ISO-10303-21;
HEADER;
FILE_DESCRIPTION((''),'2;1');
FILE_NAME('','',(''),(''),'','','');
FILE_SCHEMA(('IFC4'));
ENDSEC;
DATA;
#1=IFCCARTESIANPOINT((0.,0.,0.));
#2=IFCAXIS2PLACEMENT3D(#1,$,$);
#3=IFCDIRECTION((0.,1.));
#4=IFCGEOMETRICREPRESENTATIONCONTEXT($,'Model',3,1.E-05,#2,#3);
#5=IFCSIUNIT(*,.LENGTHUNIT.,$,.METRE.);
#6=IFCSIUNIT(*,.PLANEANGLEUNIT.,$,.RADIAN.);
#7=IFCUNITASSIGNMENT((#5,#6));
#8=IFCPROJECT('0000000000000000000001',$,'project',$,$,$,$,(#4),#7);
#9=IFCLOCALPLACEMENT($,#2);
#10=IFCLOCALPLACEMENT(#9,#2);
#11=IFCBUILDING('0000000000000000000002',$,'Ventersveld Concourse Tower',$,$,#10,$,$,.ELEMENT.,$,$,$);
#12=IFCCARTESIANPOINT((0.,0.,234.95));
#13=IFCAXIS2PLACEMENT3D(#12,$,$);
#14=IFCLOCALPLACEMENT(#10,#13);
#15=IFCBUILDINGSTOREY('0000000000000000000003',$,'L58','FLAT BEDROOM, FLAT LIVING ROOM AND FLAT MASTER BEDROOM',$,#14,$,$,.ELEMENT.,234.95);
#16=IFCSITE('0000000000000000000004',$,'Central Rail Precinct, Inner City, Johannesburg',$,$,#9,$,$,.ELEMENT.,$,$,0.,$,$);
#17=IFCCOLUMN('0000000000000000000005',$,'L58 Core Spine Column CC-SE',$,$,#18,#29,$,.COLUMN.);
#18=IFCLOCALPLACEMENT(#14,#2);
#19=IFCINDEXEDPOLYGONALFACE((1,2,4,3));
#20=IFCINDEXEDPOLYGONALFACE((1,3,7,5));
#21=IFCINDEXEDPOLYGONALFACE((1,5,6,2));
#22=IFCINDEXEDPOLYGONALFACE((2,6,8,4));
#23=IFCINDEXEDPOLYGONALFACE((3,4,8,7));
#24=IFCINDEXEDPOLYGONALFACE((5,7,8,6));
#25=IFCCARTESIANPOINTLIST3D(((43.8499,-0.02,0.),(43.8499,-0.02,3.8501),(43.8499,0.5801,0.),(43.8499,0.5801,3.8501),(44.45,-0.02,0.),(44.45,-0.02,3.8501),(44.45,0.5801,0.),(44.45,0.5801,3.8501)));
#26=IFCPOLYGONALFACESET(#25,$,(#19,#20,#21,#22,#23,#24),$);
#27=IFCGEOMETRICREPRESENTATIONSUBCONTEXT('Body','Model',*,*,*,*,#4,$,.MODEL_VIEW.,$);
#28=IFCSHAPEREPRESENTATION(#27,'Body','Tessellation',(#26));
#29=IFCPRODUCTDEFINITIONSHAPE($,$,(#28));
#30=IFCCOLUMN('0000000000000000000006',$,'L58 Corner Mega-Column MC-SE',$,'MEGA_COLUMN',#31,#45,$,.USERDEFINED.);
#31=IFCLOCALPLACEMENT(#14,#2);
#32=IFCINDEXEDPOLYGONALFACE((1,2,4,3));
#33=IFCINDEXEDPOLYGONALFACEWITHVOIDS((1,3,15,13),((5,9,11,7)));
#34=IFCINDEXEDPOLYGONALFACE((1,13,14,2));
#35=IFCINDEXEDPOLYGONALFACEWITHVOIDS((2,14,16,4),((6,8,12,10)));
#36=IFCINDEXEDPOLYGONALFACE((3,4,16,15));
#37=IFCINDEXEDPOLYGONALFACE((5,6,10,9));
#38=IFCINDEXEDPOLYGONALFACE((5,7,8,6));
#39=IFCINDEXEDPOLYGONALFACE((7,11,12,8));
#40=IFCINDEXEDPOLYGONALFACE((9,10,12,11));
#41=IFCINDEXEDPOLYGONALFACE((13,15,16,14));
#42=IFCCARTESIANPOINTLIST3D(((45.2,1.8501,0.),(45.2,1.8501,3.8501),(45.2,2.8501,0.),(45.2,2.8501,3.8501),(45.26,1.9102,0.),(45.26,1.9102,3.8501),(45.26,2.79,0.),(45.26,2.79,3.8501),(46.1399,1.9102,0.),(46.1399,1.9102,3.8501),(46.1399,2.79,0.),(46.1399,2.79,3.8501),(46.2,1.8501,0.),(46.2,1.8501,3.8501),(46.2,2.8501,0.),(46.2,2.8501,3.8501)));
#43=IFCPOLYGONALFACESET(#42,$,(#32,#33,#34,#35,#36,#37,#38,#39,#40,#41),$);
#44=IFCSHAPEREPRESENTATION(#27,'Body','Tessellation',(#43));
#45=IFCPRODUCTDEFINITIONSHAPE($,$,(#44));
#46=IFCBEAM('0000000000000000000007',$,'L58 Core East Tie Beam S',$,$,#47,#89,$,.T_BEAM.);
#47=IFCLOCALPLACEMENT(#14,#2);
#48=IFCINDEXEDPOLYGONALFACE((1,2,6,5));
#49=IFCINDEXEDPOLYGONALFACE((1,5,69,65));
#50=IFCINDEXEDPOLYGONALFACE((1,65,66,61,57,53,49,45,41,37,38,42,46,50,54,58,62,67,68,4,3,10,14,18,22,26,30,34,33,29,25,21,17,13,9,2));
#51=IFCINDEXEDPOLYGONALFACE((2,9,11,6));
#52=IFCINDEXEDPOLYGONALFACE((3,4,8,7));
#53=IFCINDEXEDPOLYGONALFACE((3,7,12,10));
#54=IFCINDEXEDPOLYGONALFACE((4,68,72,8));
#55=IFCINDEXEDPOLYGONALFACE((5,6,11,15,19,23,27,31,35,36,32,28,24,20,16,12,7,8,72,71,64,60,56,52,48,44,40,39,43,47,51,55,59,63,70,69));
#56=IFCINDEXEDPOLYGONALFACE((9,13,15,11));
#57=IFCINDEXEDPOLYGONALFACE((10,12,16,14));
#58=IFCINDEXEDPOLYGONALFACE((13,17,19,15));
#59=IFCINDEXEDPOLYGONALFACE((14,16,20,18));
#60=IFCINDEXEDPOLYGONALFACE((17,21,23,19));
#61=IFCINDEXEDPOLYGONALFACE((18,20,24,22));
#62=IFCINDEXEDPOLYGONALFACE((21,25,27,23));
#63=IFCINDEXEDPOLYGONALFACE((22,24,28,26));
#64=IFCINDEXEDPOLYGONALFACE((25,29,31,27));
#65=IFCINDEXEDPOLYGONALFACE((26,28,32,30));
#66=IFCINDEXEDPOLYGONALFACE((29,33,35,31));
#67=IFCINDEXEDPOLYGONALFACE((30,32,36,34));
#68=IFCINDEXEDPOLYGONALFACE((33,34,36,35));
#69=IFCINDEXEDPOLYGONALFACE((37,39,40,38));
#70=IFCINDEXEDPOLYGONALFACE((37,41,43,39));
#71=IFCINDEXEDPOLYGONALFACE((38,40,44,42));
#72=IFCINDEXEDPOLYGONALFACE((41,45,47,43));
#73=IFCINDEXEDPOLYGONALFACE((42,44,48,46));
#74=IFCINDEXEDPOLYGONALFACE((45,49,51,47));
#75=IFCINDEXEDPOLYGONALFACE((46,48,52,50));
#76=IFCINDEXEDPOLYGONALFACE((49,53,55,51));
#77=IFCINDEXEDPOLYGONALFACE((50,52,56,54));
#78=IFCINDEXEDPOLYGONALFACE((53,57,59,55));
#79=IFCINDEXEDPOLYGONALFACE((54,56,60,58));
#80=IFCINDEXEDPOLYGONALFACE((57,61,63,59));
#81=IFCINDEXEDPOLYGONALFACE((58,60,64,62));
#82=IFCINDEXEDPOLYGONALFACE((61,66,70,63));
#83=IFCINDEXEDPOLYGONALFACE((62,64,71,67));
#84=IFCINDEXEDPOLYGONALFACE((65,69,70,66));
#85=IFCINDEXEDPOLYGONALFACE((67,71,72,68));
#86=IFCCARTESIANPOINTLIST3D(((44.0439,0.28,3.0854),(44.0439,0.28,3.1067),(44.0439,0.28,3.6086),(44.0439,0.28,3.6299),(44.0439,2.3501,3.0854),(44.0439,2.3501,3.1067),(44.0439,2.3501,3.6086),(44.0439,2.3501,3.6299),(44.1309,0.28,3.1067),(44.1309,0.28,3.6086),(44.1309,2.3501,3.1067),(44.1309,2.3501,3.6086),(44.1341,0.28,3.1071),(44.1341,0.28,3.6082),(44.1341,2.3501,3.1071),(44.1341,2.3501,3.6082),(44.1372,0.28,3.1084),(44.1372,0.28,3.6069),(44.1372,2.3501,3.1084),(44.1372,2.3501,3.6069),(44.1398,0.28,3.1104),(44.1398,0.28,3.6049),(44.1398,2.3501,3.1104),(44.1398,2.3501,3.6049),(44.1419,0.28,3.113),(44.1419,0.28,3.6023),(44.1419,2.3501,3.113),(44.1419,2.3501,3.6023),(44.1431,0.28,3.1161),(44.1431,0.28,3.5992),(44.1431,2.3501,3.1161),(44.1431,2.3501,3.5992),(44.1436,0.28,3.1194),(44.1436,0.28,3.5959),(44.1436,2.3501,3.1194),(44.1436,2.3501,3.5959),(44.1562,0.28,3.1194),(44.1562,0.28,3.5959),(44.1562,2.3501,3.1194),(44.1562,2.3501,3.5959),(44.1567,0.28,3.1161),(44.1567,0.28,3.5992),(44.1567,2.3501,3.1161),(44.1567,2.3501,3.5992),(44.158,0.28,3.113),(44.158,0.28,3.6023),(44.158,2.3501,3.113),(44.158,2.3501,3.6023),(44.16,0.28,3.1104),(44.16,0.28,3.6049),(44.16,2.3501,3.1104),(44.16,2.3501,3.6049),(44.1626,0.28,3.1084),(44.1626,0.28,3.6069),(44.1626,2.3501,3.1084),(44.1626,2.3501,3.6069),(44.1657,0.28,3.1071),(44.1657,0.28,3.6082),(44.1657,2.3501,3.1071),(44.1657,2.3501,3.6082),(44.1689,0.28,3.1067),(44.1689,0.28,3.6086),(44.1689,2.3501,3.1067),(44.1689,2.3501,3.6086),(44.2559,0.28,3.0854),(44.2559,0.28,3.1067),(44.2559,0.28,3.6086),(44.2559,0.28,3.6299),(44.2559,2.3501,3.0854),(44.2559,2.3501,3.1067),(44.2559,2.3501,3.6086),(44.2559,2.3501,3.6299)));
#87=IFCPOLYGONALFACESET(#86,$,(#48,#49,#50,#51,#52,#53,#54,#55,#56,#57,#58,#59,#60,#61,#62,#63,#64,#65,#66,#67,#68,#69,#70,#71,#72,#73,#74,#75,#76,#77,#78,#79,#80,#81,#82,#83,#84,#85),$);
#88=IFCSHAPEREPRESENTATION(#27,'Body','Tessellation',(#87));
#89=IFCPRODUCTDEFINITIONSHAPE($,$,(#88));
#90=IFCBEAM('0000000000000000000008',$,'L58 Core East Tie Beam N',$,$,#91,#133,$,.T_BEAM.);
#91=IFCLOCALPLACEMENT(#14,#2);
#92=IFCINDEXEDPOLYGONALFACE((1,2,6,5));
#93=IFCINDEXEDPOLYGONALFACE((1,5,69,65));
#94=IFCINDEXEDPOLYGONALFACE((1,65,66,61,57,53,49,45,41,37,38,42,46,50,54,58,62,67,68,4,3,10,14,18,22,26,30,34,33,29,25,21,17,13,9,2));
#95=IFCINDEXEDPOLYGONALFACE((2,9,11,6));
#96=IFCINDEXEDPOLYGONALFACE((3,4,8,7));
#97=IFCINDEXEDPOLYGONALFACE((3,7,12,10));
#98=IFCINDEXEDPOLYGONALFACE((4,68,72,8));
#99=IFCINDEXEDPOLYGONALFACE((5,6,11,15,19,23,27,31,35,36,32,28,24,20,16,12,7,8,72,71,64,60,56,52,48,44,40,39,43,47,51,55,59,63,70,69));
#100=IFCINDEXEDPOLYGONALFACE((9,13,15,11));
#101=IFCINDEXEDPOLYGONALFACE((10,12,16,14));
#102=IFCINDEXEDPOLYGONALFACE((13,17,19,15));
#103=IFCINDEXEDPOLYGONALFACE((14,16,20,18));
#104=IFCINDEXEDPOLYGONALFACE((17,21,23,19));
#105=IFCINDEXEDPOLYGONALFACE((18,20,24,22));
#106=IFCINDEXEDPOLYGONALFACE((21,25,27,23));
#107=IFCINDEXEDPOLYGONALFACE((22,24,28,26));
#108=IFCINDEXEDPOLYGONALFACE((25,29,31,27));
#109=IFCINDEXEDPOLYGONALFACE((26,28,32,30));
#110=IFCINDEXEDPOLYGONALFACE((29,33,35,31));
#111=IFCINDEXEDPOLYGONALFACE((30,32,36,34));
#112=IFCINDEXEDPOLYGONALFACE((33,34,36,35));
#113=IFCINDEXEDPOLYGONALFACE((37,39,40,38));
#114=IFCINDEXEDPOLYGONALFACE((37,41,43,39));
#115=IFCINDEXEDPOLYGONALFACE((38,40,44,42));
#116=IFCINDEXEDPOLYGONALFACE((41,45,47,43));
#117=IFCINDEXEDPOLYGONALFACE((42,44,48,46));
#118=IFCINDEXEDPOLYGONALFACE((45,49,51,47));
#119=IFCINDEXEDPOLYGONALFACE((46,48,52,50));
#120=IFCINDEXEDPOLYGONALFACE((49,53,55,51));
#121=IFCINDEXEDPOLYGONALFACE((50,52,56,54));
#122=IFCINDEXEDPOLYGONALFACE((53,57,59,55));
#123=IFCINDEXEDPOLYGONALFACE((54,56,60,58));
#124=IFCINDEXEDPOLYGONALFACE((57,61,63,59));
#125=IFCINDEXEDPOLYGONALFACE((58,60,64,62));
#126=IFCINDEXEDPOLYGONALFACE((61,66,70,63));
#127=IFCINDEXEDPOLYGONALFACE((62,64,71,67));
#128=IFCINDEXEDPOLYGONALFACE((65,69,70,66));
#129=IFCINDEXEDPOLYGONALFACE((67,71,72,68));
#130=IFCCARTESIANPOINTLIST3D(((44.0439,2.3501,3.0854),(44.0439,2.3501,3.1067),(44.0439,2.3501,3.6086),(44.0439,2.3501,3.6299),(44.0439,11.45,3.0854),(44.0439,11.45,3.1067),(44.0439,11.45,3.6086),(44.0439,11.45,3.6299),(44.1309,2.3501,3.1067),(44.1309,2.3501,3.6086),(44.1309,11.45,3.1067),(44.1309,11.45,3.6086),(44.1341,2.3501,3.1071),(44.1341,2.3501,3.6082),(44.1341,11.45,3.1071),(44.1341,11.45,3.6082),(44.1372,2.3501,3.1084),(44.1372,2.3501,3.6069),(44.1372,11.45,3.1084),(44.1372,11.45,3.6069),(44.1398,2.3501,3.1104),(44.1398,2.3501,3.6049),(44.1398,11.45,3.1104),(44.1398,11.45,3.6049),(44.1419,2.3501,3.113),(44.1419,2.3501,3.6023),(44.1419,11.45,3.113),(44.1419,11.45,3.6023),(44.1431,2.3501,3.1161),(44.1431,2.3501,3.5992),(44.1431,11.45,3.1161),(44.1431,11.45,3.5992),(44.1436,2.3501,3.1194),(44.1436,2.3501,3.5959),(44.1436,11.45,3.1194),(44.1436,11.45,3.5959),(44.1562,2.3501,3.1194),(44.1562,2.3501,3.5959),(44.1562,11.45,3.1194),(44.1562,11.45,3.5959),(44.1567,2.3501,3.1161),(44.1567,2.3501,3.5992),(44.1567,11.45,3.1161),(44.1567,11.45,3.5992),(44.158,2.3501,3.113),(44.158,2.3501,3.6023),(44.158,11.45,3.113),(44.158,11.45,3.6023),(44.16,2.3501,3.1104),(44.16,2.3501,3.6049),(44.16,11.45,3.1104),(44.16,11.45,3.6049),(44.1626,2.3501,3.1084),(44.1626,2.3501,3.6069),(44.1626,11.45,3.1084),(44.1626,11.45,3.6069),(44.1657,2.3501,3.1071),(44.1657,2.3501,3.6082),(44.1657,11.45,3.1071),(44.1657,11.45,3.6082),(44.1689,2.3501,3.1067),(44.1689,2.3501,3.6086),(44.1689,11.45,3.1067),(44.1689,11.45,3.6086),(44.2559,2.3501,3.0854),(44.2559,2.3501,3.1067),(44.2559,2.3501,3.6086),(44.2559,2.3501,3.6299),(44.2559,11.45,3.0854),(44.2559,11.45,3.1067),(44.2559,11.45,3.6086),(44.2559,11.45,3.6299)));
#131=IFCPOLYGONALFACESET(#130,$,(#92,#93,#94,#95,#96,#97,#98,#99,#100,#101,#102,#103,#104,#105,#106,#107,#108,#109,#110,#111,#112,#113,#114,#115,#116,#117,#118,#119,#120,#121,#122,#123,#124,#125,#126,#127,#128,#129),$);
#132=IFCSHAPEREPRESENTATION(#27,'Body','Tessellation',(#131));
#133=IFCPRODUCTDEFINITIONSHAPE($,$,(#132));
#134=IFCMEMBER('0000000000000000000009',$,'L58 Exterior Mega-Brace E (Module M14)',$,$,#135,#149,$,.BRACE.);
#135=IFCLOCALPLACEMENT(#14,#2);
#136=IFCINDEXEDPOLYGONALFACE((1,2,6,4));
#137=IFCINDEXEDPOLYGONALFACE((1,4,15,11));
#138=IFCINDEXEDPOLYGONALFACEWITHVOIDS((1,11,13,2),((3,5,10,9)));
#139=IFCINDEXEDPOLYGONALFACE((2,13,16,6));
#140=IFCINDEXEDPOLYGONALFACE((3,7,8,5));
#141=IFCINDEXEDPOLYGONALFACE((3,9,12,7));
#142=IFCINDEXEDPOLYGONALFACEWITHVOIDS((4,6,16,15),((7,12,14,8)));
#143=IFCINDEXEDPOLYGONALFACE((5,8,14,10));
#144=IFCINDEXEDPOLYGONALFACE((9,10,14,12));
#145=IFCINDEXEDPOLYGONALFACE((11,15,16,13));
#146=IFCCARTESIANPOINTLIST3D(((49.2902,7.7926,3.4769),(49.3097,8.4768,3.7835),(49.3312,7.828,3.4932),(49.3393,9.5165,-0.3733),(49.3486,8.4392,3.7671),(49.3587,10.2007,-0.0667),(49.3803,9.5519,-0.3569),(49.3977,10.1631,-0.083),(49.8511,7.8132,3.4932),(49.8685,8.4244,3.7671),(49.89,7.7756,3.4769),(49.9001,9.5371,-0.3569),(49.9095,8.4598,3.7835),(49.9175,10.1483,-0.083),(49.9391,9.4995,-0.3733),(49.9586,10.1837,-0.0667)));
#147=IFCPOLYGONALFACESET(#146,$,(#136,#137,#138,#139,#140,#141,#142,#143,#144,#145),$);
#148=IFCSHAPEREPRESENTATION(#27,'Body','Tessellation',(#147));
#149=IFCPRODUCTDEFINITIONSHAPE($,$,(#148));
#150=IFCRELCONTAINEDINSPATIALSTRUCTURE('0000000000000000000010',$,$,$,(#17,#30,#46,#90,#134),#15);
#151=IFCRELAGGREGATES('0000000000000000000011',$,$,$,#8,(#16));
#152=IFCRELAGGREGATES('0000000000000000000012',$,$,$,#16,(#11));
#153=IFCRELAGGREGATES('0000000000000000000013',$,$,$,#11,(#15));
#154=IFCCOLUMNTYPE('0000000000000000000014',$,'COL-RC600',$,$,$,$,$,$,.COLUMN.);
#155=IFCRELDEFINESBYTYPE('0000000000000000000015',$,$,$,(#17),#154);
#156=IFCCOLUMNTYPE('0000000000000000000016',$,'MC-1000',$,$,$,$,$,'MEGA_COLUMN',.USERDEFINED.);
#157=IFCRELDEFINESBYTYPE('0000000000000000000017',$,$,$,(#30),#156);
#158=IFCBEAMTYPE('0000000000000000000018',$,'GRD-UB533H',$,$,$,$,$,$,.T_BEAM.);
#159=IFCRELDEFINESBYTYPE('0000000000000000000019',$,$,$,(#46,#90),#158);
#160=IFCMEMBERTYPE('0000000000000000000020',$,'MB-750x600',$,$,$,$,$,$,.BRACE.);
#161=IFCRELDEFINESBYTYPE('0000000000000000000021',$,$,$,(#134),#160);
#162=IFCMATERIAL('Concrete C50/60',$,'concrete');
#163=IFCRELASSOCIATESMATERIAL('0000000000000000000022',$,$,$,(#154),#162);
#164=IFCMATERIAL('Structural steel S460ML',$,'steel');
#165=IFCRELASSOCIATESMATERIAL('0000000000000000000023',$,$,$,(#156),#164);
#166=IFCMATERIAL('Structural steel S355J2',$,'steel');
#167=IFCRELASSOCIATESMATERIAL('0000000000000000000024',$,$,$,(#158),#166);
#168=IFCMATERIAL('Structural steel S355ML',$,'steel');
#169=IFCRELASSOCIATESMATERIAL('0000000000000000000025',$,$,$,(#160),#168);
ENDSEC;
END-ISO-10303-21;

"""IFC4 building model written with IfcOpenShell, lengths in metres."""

from ifc_helpers import new_model, si_unit, direction, frame, origin, origin_2d, place, context, subcontext, project, spatial, rectangle, hollow_rectangle, i_section, extrude, material, material_profile, profile_set, type_object, element, save


model = new_model("IFC4")

# Units and contexts
model_context = context("Model", 3, precision=1e-05, world=origin(), true_north=direction((0.0, 1.0)))
body_context = subcontext(model_context, "Body", "Model", "MODEL_VIEW")
ifc_project = project(units=[si_unit("LENGTHUNIT", "METRE"), si_unit("PLANEANGLEUNIT", "RADIAN")], contexts=[model_context])

# Site, building, storey
site_placement = place(None, origin())
site = spatial("IfcSite", under=ifc_project, at=site_placement, Name="Central Rail Precinct, Inner City, Johannesburg", CompositionType="ELEMENT", RefElevation=0.0)
building_placement = place(site_placement, origin())
building = spatial("IfcBuilding", under=site, at=building_placement, Name="Ventersveld Concourse Tower", CompositionType="ELEMENT")
storey_placement = place(building_placement, frame((0.0, 0.0, 234.95)))
storey = spatial("IfcBuildingStorey", under=building, at=storey_placement, Name="L58", Description="FLAT BEDROOM, FLAT LIVING ROOM AND FLAT MASTER BEDROOM", CompositionType="ELEMENT", Elevation=234.95)

# Columns
ifc_material_1 = material(Name="Concrete C50/60", Category="concrete")
ifc_material_profile_1 = material_profile(ifc_material_1, rectangle(XDim=0.6001, YDim=0.6001, at=origin_2d()), Name="RC 600x600")
ifc_profile_set_1 = profile_set([ifc_material_profile_1], Name="Concrete C50/60")
column_type_1 = type_object("IfcColumnType", Name="COL-RC600", PredefinedType="COLUMN", material=ifc_profile_set_1)
column_1_placement = place(storey_placement, frame((44.1499, 0.28, 0.0), z_axis=(0.0, 0.0, 1.0), x_axis=(1.0, 0.0, 0.0)))
element("IfcColumn", 1, at=column_1_placement, inside=storey, type_object=column_type_1, Name="L58 Core Spine Column CC-SE", PredefinedType="COLUMN", context=body_context, shape_type="SweptSolid", body=[
    extrude(rectangle(XDim=0.6001, YDim=0.6001, at=origin_2d()), origin(), (0.0, 0.0, 1.0), 3.8501),
])
ifc_material_2 = material(Name="Structural steel S460ML", Category="steel")
ifc_material_profile_2 = material_profile(ifc_material_2, hollow_rectangle(XDim=1.0, YDim=1.0, WallThickness=0.0601, at=origin_2d()), Name="BOX 1000x1000x60")
ifc_profile_set_2 = profile_set([ifc_material_profile_2], Name="Structural steel S460ML")
column_type_2 = type_object("IfcColumnType", Name="MC-1000", ElementType="MEGA_COLUMN", PredefinedType="USERDEFINED", material=ifc_profile_set_2)
column_2_placement = place(storey_placement, frame((45.7, 2.3501, 0.0), z_axis=(0.0, 0.0, 1.0), x_axis=(1.0, 0.0, 0.0)))
element("IfcColumn", 2, at=column_2_placement, inside=storey, type_object=column_type_2, Name="L58 Corner Mega-Column MC-SE", ObjectType="MEGA_COLUMN", PredefinedType="USERDEFINED", context=body_context, shape_type="SweptSolid", body=[
    extrude(hollow_rectangle(XDim=1.0, YDim=1.0, WallThickness=0.0601, at=origin_2d()), origin(), (0.0, 0.0, 1.0), 3.8501),
])

# Beams
ifc_material_3 = material(Name="Structural steel S355J2", Category="steel")
ifc_material_profile_3 = material_profile(ifc_material_3, i_section(OverallWidth=0.2119, OverallDepth=0.5444, WebThickness=0.0127, FlangeThickness=0.0212, FilletRadius=0.0127, at=origin_2d()), Name="UB 533x210x122")
ifc_profile_set_3 = profile_set([ifc_material_profile_3], Name="Structural steel S355J2")
beam_type_1 = type_object("IfcBeamType", Name="GRD-UB533H", PredefinedType="T_BEAM", material=ifc_profile_set_3)
beam_1_placement = place(storey_placement, frame((44.1499, 0.28, 3.3577), z_axis=(0.0, 1.0, 0.0), x_axis=(-1.0, 0.0, 0.0)))
element("IfcBeam", 3, at=beam_1_placement, inside=storey, type_object=beam_type_1, Name="L58 Core East Tie Beam S", PredefinedType="T_BEAM", context=body_context, shape_type="SweptSolid", body=[
    extrude(i_section(OverallWidth=0.2119, OverallDepth=0.5444, WebThickness=0.0127, FlangeThickness=0.0212, FilletRadius=0.0127, at=origin_2d()), origin(), (0.0, 0.0, 1.0), 2.0701),
])
beam_2_placement = place(storey_placement, frame((44.1499, 2.3501, 3.3577), z_axis=(0.0, 1.0, 0.0), x_axis=(-1.0, 0.0, 0.0)))
element("IfcBeam", 4, at=beam_2_placement, inside=storey, type_object=beam_type_1, Name="L58 Core East Tie Beam N", PredefinedType="T_BEAM", context=body_context, shape_type="SweptSolid", body=[
    extrude(i_section(OverallWidth=0.2119, OverallDepth=0.5444, WebThickness=0.0127, FlangeThickness=0.0212, FilletRadius=0.0127, at=origin_2d()), origin(), (0.0, 0.0, 1.0), 9.0999),
])

# Member
ifc_material_4 = material(Name="Structural steel S355ML", Category="steel")
ifc_material_profile_4 = material_profile(ifc_material_4, hollow_rectangle(XDim=0.6001, YDim=0.75, WallThickness=0.04, at=origin_2d()), Name="BOX 750x600x40")
ifc_profile_set_4 = profile_set([ifc_material_profile_4], Name="Structural steel S355ML")
member_type = type_object("IfcMemberType", Name="MB-750x600", PredefinedType="BRACE", material=ifc_profile_set_4)
member_placement = place(storey_placement, frame((49.6489, 9.8501, -0.22), z_axis=(-0.011632, -0.408628, 0.912627), x_axis=(0.999595, -0.028455, 0.0)))
element("IfcMember", 5, at=member_placement, inside=storey, type_object=member_type, Name="L58 Exterior Mega-Brace E (Module M14)", PredefinedType="BRACE", context=body_context, shape_type="SweptSolid", body=[
    extrude(hollow_rectangle(XDim=0.6001, YDim=0.75, WallThickness=0.04, at=origin_2d()), origin(), (0.0, 0.0, 1.0), 4.2188),
])

save(model, "model.ifc")
